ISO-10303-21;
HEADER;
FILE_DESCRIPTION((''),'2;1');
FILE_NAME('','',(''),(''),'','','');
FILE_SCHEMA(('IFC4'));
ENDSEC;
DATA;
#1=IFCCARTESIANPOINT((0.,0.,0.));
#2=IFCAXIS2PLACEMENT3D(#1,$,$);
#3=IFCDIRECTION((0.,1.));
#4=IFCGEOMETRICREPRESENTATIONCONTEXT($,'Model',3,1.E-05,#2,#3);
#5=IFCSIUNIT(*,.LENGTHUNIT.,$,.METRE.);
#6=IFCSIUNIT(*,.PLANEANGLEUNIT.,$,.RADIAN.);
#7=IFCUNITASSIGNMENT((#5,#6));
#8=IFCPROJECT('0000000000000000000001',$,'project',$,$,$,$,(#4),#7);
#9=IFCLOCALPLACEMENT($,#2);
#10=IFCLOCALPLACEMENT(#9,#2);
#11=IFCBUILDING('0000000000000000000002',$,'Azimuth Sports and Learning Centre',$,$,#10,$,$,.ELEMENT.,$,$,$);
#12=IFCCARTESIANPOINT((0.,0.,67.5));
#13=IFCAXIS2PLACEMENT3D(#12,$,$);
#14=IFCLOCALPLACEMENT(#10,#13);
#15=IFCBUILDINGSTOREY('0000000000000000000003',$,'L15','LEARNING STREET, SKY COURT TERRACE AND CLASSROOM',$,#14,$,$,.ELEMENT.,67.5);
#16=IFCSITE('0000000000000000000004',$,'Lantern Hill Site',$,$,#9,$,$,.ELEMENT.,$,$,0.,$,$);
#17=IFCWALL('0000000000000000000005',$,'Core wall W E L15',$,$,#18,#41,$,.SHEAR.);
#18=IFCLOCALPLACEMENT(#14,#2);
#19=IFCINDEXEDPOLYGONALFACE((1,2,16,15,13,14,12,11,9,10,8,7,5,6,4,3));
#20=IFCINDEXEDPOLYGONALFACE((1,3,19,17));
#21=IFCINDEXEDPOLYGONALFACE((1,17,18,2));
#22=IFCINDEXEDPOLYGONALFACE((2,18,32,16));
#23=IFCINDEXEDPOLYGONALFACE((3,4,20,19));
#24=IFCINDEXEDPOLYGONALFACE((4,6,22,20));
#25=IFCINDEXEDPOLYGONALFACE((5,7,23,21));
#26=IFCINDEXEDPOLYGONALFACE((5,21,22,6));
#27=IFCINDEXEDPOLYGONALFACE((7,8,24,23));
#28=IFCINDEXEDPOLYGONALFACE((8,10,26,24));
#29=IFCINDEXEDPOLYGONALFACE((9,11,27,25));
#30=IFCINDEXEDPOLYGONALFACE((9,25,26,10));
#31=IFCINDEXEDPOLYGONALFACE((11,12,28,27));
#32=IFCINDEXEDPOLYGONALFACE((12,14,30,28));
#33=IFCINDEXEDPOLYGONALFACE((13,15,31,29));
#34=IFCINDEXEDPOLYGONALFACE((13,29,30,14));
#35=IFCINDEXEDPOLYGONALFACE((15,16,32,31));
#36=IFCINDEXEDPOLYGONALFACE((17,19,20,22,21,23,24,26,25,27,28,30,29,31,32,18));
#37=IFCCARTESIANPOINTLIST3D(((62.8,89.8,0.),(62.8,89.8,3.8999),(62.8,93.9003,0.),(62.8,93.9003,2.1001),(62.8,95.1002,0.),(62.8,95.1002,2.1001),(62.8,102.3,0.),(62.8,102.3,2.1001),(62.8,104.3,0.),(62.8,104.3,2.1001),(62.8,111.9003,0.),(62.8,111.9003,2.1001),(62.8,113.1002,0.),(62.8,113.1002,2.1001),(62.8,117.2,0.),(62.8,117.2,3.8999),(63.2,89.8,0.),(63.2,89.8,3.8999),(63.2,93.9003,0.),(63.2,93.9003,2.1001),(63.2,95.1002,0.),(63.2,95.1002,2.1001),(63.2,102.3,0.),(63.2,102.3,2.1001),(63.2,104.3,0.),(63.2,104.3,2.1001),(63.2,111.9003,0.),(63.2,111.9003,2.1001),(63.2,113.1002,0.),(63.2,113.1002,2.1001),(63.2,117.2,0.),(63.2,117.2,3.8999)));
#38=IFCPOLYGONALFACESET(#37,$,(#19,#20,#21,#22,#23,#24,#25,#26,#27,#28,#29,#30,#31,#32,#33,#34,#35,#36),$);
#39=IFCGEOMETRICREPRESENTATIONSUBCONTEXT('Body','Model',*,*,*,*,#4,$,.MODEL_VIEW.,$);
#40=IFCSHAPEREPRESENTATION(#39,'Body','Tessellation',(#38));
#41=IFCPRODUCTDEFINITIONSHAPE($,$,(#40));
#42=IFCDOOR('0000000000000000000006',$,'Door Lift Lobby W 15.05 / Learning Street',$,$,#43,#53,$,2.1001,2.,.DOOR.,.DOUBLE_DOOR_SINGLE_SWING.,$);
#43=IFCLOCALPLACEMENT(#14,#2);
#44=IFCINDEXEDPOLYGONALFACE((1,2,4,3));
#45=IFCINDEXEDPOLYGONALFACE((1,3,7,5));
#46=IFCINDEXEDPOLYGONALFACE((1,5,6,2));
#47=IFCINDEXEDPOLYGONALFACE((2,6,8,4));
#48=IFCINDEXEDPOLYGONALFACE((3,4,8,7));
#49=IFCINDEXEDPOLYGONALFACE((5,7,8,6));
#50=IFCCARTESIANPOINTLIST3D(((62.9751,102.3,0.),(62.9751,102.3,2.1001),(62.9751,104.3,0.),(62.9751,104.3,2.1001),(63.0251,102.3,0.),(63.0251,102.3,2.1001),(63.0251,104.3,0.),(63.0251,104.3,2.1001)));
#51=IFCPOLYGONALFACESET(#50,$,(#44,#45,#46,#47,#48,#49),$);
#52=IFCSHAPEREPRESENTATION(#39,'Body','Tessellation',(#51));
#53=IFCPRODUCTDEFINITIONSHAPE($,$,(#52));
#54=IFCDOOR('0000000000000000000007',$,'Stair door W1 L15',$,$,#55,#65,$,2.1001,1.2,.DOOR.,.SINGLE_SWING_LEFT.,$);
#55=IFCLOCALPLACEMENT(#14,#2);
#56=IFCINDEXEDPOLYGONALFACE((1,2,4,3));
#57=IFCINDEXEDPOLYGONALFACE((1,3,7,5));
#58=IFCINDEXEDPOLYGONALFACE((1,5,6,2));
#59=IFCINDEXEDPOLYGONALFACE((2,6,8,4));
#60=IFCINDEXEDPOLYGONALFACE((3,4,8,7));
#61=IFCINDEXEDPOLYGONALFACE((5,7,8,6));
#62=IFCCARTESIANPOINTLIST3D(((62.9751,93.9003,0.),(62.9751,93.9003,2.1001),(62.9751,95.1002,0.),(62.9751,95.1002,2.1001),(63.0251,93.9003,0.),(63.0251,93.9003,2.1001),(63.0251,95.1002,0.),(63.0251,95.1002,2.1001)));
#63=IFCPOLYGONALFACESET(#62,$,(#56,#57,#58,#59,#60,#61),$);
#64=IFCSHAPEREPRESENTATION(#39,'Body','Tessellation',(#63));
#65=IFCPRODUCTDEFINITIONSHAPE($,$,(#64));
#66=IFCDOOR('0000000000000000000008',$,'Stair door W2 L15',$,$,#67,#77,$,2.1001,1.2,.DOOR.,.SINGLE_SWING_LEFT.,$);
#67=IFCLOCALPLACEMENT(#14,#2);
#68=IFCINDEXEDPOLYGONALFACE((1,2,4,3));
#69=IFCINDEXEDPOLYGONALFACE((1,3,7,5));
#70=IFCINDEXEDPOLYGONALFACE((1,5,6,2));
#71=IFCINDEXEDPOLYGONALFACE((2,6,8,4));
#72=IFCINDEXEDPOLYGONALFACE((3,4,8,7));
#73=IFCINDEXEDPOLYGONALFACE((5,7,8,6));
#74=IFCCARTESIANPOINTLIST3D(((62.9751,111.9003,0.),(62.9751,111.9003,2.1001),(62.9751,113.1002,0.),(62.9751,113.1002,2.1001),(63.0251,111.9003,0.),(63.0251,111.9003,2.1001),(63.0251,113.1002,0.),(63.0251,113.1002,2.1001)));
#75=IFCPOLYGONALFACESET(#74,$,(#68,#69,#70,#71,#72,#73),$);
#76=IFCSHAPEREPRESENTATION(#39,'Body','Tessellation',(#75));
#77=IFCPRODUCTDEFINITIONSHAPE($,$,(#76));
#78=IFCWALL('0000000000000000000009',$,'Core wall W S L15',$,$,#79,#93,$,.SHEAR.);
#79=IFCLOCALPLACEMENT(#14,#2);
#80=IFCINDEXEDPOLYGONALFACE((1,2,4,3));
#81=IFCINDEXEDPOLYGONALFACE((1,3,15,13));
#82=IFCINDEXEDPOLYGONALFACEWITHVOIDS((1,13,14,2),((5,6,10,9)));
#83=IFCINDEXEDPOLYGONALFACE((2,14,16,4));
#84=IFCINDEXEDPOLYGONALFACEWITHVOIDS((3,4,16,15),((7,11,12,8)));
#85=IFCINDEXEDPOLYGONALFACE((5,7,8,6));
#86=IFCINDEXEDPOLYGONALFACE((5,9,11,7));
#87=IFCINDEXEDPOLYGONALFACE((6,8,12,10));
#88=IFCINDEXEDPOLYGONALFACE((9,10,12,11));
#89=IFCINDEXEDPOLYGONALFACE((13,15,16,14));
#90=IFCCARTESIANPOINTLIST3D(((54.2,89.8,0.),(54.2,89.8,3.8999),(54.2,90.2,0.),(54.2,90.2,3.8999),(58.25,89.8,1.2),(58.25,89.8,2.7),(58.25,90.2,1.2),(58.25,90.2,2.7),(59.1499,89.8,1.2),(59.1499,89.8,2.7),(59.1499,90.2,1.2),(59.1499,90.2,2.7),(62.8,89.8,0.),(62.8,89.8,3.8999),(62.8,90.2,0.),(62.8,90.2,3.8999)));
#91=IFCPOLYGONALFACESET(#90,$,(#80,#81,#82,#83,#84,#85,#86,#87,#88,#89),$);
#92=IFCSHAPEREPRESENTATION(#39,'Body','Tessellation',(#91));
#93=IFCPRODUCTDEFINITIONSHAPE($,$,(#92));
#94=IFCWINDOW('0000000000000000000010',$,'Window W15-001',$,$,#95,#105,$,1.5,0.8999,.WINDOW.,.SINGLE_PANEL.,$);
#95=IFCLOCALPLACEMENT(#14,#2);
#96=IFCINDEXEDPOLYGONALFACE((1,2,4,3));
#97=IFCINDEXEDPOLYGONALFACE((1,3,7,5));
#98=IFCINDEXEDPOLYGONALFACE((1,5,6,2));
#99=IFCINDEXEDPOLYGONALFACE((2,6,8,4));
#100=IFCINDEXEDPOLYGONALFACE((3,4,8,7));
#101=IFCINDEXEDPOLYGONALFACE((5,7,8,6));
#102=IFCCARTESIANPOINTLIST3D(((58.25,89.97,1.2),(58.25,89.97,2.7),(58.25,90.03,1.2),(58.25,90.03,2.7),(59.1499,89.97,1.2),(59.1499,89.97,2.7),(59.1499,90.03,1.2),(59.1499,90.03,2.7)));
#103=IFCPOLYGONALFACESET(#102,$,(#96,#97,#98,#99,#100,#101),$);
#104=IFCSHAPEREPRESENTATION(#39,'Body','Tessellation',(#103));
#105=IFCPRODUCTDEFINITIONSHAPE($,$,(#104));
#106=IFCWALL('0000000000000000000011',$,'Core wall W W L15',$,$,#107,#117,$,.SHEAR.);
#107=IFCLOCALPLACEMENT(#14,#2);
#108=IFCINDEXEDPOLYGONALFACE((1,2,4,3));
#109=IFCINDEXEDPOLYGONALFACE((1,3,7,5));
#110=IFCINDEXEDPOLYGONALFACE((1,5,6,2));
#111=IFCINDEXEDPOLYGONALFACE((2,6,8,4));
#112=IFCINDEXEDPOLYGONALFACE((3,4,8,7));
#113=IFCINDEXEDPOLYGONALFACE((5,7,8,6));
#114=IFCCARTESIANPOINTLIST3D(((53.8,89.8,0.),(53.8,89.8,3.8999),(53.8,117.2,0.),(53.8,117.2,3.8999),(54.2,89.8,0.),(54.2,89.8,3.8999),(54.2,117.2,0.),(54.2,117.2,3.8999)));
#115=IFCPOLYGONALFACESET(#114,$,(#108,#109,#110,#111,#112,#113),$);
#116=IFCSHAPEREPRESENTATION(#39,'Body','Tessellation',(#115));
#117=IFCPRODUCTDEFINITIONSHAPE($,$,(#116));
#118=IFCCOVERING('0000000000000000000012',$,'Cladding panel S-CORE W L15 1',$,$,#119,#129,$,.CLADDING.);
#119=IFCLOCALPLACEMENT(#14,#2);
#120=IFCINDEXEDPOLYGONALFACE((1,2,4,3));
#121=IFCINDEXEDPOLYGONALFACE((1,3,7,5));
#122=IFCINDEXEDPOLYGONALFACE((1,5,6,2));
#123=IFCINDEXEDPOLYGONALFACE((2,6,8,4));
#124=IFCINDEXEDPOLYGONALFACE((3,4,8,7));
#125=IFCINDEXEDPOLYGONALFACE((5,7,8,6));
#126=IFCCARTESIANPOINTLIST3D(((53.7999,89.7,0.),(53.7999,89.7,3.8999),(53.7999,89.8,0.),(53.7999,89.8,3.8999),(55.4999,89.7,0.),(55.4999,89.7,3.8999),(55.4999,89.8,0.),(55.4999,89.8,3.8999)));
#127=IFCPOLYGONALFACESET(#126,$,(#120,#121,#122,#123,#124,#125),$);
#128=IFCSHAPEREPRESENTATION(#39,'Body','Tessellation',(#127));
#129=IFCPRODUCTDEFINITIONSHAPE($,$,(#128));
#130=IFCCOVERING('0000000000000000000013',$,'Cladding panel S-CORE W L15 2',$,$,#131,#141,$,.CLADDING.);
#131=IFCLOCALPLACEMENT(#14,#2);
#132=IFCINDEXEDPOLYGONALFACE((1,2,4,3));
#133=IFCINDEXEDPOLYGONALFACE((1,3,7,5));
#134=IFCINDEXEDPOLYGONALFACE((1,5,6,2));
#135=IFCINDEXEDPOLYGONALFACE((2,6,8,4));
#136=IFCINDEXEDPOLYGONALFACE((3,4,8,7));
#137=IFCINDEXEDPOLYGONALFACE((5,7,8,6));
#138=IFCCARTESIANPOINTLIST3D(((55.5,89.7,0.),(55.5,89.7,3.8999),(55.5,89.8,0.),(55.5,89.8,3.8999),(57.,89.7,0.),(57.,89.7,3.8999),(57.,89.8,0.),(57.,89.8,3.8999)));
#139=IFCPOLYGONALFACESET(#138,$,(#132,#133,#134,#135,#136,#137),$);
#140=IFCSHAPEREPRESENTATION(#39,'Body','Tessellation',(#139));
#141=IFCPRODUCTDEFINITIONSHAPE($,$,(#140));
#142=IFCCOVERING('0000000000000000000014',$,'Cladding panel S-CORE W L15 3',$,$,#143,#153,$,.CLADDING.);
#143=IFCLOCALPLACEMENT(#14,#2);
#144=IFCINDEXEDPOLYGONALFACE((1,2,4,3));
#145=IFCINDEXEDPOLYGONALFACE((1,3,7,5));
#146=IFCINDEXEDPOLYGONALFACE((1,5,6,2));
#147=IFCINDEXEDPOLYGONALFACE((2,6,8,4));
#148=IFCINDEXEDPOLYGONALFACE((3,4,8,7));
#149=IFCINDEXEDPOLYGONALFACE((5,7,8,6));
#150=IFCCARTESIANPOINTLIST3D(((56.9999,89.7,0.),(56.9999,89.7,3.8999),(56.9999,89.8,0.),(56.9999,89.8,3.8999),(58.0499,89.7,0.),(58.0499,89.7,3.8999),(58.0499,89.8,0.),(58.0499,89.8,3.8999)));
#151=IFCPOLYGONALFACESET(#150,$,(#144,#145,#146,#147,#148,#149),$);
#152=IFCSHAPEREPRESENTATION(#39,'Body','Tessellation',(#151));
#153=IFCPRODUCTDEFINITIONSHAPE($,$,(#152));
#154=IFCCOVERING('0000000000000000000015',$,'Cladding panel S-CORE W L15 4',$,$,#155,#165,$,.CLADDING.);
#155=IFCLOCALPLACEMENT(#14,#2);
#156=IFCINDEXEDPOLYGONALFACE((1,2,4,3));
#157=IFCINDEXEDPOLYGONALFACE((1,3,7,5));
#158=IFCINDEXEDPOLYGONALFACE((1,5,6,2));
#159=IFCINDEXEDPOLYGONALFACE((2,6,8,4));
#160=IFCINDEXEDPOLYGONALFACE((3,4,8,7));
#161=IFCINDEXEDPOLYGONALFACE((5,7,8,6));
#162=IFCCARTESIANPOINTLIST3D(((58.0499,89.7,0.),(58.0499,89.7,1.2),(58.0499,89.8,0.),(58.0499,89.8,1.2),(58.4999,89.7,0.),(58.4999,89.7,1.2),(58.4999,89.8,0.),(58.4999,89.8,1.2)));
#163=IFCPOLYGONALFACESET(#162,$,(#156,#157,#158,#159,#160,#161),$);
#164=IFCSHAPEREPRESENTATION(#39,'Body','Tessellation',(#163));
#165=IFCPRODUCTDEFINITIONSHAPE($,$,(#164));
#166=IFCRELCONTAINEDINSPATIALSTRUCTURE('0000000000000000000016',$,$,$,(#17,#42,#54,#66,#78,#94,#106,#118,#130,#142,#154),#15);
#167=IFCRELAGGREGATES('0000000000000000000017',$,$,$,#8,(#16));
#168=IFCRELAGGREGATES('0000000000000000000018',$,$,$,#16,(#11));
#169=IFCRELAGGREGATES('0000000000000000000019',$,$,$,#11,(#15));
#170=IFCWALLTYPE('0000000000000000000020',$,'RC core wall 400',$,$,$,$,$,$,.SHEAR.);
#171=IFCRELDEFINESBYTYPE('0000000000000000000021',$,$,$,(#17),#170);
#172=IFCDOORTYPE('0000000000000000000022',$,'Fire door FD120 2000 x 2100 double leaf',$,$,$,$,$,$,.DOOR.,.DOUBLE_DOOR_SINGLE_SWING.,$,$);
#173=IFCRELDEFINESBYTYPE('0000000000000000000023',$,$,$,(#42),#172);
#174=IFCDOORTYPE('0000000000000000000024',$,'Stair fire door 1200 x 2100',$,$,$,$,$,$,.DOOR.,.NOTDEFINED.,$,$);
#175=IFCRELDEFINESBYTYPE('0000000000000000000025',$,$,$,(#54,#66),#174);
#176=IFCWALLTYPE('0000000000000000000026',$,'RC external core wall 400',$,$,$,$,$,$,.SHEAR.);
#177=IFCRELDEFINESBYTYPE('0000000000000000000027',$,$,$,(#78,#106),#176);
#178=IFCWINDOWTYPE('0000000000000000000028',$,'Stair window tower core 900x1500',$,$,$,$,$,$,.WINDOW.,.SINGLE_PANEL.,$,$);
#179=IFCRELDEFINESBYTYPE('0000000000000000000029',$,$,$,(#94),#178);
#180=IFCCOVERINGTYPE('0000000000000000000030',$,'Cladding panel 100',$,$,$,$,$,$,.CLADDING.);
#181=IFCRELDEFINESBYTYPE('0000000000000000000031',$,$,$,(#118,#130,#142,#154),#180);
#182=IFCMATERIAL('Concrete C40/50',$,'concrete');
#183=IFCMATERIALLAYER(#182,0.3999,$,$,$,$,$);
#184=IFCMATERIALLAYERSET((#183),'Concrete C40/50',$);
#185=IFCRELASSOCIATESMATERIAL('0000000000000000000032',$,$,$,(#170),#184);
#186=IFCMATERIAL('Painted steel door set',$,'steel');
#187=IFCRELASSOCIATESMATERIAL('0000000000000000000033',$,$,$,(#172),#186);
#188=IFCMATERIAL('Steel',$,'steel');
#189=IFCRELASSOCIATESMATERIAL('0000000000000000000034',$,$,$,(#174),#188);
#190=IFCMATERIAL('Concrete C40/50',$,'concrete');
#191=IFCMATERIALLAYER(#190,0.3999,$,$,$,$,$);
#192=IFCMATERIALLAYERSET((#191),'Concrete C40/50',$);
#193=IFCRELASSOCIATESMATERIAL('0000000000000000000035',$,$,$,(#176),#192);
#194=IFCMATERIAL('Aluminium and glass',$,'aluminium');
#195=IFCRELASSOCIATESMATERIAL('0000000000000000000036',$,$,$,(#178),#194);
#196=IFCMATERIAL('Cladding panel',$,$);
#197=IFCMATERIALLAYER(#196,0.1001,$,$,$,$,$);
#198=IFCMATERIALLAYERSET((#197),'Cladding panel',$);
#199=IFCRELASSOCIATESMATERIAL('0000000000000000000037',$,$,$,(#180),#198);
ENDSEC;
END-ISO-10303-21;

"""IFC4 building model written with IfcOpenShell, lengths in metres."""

from ifc_helpers import new_model, si_unit, direction, frame, frame_2d, origin, origin_2d, place, context, subcontext, project, spatial, rectangle, extrude, material, layer, layer_set, type_object, element, fill, save


model = new_model("IFC4")

# Units and contexts
model_context = context("Model", 3, precision=1e-05, world=origin(), true_north=direction((0.0, 1.0)))
body_context = subcontext(model_context, "Body", "Model", "MODEL_VIEW")
ifc_project = project(units=[si_unit("LENGTHUNIT", "METRE"), si_unit("PLANEANGLEUNIT", "RADIAN")], contexts=[model_context])

# Site, building, storey
site_placement = place(None, origin())
site = spatial("IfcSite", under=ifc_project, at=site_placement, Name="Lantern Hill Site", CompositionType="ELEMENT", RefElevation=0.0)
building_placement = place(site_placement, origin())
building = spatial("IfcBuilding", under=site, at=building_placement, Name="Azimuth Sports and Learning Centre", CompositionType="ELEMENT")
storey_placement = place(building_placement, frame((0.0, 0.0, 67.5)))
storey = spatial("IfcBuildingStorey", under=building, at=storey_placement, Name="L15", Description="LEARNING STREET, SKY COURT TERRACE AND CLASSROOM", CompositionType="ELEMENT", Elevation=67.5)

# Wall, openings, doors
ifc_material_1 = material(Name="Concrete C40/50", Category="concrete")
ifc_layer_1 = layer(ifc_material_1, 0.3999)
ifc_layer_set_1 = layer_set([ifc_layer_1], Name="Concrete C40/50")
wall_type_1 = type_object("IfcWallType", Name="RC core wall 400", PredefinedType="SHEAR", material=ifc_layer_set_1)
wall_1_placement = place(storey_placement, frame((63.0, 89.8, 0.0), z_axis=(0.0, 0.0, 1.0), x_axis=(0.0, 1.0, 0.0)))
wall_1 = element("IfcWall", 1, at=wall_1_placement, inside=storey, type_object=wall_type_1, Name="Core wall W E L15", PredefinedType="SHEAR", context=body_context, shape_type="SweptSolid", body=[
    extrude(rectangle(XDim=27.3999, YDim=0.3999, at=frame_2d((13.7, 0.0))), origin(), (0.0, 0.0, 1.0), 3.8999),
])
opening_1_placement = place(wall_1_placement, frame((4.1001, 0.0, 0.0)))
opening_1 = element("IfcOpeningElement", 2, at=opening_1_placement, cuts=wall_1, PredefinedType="OPENING", context=body_context, shape_type="SweptSolid", body=[
    extrude(rectangle(XDim=1.2, YDim=2.1001, at=frame_2d((0.6001, 1.05))), frame((0.0, 0.2109, 0.0), z_axis=(0.0, -1.0, 0.0), x_axis=(1.0, 0.0, 0.0)), (0.0, 0.0, 1.0), 0.4219),
])
opening_2_placement = place(wall_1_placement, frame((22.1001, 0.0, 0.0)))
opening_2 = element("IfcOpeningElement", 3, at=opening_2_placement, cuts=wall_1, PredefinedType="OPENING", context=body_context, shape_type="SweptSolid", body=[
    extrude(rectangle(XDim=1.2, YDim=2.1001, at=frame_2d((0.6001, 1.05))), frame((0.0, 0.2109, 0.0), z_axis=(0.0, -1.0, 0.0), x_axis=(1.0, 0.0, 0.0)), (0.0, 0.0, 1.0), 0.4219),
])
opening_3_placement = place(wall_1_placement, frame((12.5, 0.0, 0.0)))
opening_3 = element("IfcOpeningElement", 4, at=opening_3_placement, cuts=wall_1, PredefinedType="OPENING", context=body_context, shape_type="SweptSolid", body=[
    extrude(rectangle(XDim=2.0, YDim=2.1001, at=frame_2d((1.0, 1.05))), frame((0.0, 0.2109, 0.0), z_axis=(0.0, -1.0, 0.0), x_axis=(1.0, 0.0, 0.0)), (0.0, 0.0, 1.0), 0.4219),
])
ifc_material_2 = material(Name="Painted steel door set", Category="steel")
door_type_1 = type_object("IfcDoorType", Name="Fire door FD120 2000 x 2100 double leaf", OperationType="DOUBLE_DOOR_SINGLE_SWING", PredefinedType="DOOR", material=ifc_material_2)
door_1_placement = place(opening_3_placement, origin())
door_1 = element("IfcDoor", 5, at=door_1_placement, inside=storey, type_object=door_type_1, Name="Door Lift Lobby W 15.05 / Learning Street", OperationType="DOUBLE_DOOR_SINGLE_SWING", OverallHeight=2.1001, OverallWidth=2.0, PredefinedType="DOOR", context=body_context, shape_type="SweptSolid", body=[
    extrude(rectangle(XDim=2.0, YDim=2.1001, at=frame_2d((1.0, 1.05))), frame((0.0, 0.0249, 0.0), z_axis=(0.0, -1.0, 0.0), x_axis=(1.0, 0.0, 0.0)), (0.0, 0.0, 1.0), 0.05),
])
fill(opening_3, door_1)
ifc_material_3 = material(Name="Steel", Category="steel")
door_type_2 = type_object("IfcDoorType", Name="Stair fire door 1200 x 2100", OperationType="NOTDEFINED", PredefinedType="DOOR", material=ifc_material_3)
door_2_placement = place(opening_1_placement, origin())
door_2 = element("IfcDoor", 6, at=door_2_placement, inside=storey, type_object=door_type_2, Name="Stair door W1 L15", OperationType="SINGLE_SWING_LEFT", OverallHeight=2.1001, OverallWidth=1.2, PredefinedType="DOOR", context=body_context, shape_type="SweptSolid", body=[
    extrude(rectangle(XDim=1.2, YDim=2.1001, at=frame_2d((0.6001, 1.05))), frame((0.0, 0.0249, 0.0), z_axis=(0.0, -1.0, 0.0), x_axis=(1.0, 0.0, 0.0)), (0.0, 0.0, 1.0), 0.05),
])
fill(opening_1, door_2)
door_3_placement = place(opening_2_placement, origin())
door_3 = element("IfcDoor", 7, at=door_3_placement, inside=storey, type_object=door_type_2, Name="Stair door W2 L15", OperationType="SINGLE_SWING_LEFT", OverallHeight=2.1001, OverallWidth=1.2, PredefinedType="DOOR", context=body_context, shape_type="SweptSolid", body=[
    extrude(rectangle(XDim=1.2, YDim=2.1001, at=frame_2d((0.6001, 1.05))), frame((0.0, 0.0249, 0.0), z_axis=(0.0, -1.0, 0.0), x_axis=(1.0, 0.0, 0.0)), (0.0, 0.0, 1.0), 0.05),
])
fill(opening_2, door_3)

# Wall, opening, window
ifc_material_4 = material(Name="Concrete C40/50", Category="concrete")
ifc_layer_2 = layer(ifc_material_4, 0.3999)
ifc_layer_set_2 = layer_set([ifc_layer_2], Name="Concrete C40/50")
wall_type_2 = type_object("IfcWallType", Name="RC external core wall 400", PredefinedType="SHEAR", material=ifc_layer_set_2)
wall_2_placement = place(storey_placement, frame((54.2, 90.0, 0.0), z_axis=(0.0, 0.0, 1.0), x_axis=(1.0, 0.0, 0.0)))
wall_2 = element("IfcWall", 8, at=wall_2_placement, inside=storey, type_object=wall_type_2, Name="Core wall W S L15", PredefinedType="SHEAR", context=body_context, shape_type="SweptSolid", body=[
    extrude(rectangle(XDim=8.6001, YDim=0.3999, at=frame_2d((4.3, 0.0))), origin(), (0.0, 0.0, 1.0), 3.8999),
])
opening_4_placement = place(wall_2_placement, frame((4.05, 0.0, 1.2)))
opening_4 = element("IfcOpeningElement", 9, at=opening_4_placement, cuts=wall_2, PredefinedType="OPENING", context=body_context, shape_type="SweptSolid", body=[
    extrude(rectangle(XDim=0.8999, YDim=1.5, at=frame_2d((0.45, 0.75))), frame((0.0, 0.2109, 0.0), z_axis=(0.0, -1.0, 0.0), x_axis=(1.0, 0.0, 0.0)), (0.0, 0.0, 1.0), 0.4219),
])
ifc_material_5 = material(Name="Aluminium and glass", Category="aluminium")
window_type = type_object("IfcWindowType", Name="Stair window tower core 900x1500", PartitioningType="SINGLE_PANEL", PredefinedType="WINDOW", material=ifc_material_5)
window_placement = place(opening_4_placement, origin())
window = element("IfcWindow", 10, at=window_placement, inside=storey, type_object=window_type, Name="Window W15-001", OverallHeight=1.5, OverallWidth=0.8999, PartitioningType="SINGLE_PANEL", PredefinedType="WINDOW", context=body_context, shape_type="SweptSolid", body=[
    extrude(rectangle(XDim=0.8999, YDim=1.5, at=frame_2d((0.45, 0.75))), frame((0.0, 0.03, 0.0), z_axis=(0.0, -1.0, 0.0), x_axis=(1.0, 0.0, 0.0)), (0.0, 0.0, 1.0), 0.0601),
])
fill(opening_4, window)

# Wall
wall_3_placement = place(storey_placement, frame((54.0, 89.8, 0.0), z_axis=(0.0, 0.0, 1.0), x_axis=(0.0, 1.0, 0.0)))
element("IfcWall", 11, at=wall_3_placement, inside=storey, type_object=wall_type_2, Name="Core wall W W L15", PredefinedType="SHEAR", context=body_context, shape_type="SweptSolid", body=[
    extrude(rectangle(XDim=27.3999, YDim=0.3999, at=frame_2d((13.7, 0.0))), origin(), (0.0, 0.0, 1.0), 3.8999),
])

# Coverings
ifc_material_6 = material(Name="Cladding panel")
ifc_layer_3 = layer(ifc_material_6, 0.1001)
ifc_layer_set_3 = layer_set([ifc_layer_3], Name="Cladding panel")
covering_type = type_object("IfcCoveringType", Name="Cladding panel 100", PredefinedType="CLADDING", material=ifc_layer_set_3)
covering_1_placement = place(storey_placement, frame((54.6499, 89.75, 0.0), z_axis=(0.0, 0.0, 1.0), x_axis=(1.0, 0.0, 0.0)))
element("IfcCovering", 12, at=covering_1_placement, inside=storey, type_object=covering_type, Name="Cladding panel S-CORE W L15 1", PredefinedType="CLADDING", context=body_context, shape_type="SweptSolid", body=[
    extrude(rectangle(XDim=1.7, YDim=0.1001, at=origin_2d()), origin(), (0.0, 0.0, 1.0), 3.8999),
])
covering_2_placement = place(storey_placement, frame((56.25, 89.75, 0.0), z_axis=(0.0, 0.0, 1.0), x_axis=(1.0, 0.0, 0.0)))
element("IfcCovering", 13, at=covering_2_placement, inside=storey, type_object=covering_type, Name="Cladding panel S-CORE W L15 2", PredefinedType="CLADDING", context=body_context, shape_type="SweptSolid", body=[
    extrude(rectangle(XDim=1.5, YDim=0.1001, at=origin_2d()), origin(), (0.0, 0.0, 1.0), 3.8999),
])
covering_3_placement = place(storey_placement, frame((57.5249, 89.75, 0.0), z_axis=(0.0, 0.0, 1.0), x_axis=(1.0, 0.0, 0.0)))
element("IfcCovering", 14, at=covering_3_placement, inside=storey, type_object=covering_type, Name="Cladding panel S-CORE W L15 3", PredefinedType="CLADDING", context=body_context, shape_type="SweptSolid", body=[
    extrude(rectangle(XDim=1.05, YDim=0.1001, at=origin_2d()), origin(), (0.0, 0.0, 1.0), 3.8999),
])
for number, where, z_axis, x_axis, name in (
    (15, (58.2749, 89.75, 0.0), (0.0, 0.0, 1.0), (1.0, 0.0, 0.0), "Cladding panel S-CORE W L15 4"),
):
    element("IfcCovering", number, at=place(storey_placement, frame(where, z_axis=z_axis, x_axis=x_axis)), inside=storey, type_object=covering_type, Name=name, PredefinedType="CLADDING", context=body_context, shape_type="SweptSolid", body=[
        extrude(rectangle(XDim=0.45, YDim=0.1001, at=origin_2d()), origin(), (0.0, 0.0, 1.0), 1.2),
    ])

save(model, "model.ifc")
